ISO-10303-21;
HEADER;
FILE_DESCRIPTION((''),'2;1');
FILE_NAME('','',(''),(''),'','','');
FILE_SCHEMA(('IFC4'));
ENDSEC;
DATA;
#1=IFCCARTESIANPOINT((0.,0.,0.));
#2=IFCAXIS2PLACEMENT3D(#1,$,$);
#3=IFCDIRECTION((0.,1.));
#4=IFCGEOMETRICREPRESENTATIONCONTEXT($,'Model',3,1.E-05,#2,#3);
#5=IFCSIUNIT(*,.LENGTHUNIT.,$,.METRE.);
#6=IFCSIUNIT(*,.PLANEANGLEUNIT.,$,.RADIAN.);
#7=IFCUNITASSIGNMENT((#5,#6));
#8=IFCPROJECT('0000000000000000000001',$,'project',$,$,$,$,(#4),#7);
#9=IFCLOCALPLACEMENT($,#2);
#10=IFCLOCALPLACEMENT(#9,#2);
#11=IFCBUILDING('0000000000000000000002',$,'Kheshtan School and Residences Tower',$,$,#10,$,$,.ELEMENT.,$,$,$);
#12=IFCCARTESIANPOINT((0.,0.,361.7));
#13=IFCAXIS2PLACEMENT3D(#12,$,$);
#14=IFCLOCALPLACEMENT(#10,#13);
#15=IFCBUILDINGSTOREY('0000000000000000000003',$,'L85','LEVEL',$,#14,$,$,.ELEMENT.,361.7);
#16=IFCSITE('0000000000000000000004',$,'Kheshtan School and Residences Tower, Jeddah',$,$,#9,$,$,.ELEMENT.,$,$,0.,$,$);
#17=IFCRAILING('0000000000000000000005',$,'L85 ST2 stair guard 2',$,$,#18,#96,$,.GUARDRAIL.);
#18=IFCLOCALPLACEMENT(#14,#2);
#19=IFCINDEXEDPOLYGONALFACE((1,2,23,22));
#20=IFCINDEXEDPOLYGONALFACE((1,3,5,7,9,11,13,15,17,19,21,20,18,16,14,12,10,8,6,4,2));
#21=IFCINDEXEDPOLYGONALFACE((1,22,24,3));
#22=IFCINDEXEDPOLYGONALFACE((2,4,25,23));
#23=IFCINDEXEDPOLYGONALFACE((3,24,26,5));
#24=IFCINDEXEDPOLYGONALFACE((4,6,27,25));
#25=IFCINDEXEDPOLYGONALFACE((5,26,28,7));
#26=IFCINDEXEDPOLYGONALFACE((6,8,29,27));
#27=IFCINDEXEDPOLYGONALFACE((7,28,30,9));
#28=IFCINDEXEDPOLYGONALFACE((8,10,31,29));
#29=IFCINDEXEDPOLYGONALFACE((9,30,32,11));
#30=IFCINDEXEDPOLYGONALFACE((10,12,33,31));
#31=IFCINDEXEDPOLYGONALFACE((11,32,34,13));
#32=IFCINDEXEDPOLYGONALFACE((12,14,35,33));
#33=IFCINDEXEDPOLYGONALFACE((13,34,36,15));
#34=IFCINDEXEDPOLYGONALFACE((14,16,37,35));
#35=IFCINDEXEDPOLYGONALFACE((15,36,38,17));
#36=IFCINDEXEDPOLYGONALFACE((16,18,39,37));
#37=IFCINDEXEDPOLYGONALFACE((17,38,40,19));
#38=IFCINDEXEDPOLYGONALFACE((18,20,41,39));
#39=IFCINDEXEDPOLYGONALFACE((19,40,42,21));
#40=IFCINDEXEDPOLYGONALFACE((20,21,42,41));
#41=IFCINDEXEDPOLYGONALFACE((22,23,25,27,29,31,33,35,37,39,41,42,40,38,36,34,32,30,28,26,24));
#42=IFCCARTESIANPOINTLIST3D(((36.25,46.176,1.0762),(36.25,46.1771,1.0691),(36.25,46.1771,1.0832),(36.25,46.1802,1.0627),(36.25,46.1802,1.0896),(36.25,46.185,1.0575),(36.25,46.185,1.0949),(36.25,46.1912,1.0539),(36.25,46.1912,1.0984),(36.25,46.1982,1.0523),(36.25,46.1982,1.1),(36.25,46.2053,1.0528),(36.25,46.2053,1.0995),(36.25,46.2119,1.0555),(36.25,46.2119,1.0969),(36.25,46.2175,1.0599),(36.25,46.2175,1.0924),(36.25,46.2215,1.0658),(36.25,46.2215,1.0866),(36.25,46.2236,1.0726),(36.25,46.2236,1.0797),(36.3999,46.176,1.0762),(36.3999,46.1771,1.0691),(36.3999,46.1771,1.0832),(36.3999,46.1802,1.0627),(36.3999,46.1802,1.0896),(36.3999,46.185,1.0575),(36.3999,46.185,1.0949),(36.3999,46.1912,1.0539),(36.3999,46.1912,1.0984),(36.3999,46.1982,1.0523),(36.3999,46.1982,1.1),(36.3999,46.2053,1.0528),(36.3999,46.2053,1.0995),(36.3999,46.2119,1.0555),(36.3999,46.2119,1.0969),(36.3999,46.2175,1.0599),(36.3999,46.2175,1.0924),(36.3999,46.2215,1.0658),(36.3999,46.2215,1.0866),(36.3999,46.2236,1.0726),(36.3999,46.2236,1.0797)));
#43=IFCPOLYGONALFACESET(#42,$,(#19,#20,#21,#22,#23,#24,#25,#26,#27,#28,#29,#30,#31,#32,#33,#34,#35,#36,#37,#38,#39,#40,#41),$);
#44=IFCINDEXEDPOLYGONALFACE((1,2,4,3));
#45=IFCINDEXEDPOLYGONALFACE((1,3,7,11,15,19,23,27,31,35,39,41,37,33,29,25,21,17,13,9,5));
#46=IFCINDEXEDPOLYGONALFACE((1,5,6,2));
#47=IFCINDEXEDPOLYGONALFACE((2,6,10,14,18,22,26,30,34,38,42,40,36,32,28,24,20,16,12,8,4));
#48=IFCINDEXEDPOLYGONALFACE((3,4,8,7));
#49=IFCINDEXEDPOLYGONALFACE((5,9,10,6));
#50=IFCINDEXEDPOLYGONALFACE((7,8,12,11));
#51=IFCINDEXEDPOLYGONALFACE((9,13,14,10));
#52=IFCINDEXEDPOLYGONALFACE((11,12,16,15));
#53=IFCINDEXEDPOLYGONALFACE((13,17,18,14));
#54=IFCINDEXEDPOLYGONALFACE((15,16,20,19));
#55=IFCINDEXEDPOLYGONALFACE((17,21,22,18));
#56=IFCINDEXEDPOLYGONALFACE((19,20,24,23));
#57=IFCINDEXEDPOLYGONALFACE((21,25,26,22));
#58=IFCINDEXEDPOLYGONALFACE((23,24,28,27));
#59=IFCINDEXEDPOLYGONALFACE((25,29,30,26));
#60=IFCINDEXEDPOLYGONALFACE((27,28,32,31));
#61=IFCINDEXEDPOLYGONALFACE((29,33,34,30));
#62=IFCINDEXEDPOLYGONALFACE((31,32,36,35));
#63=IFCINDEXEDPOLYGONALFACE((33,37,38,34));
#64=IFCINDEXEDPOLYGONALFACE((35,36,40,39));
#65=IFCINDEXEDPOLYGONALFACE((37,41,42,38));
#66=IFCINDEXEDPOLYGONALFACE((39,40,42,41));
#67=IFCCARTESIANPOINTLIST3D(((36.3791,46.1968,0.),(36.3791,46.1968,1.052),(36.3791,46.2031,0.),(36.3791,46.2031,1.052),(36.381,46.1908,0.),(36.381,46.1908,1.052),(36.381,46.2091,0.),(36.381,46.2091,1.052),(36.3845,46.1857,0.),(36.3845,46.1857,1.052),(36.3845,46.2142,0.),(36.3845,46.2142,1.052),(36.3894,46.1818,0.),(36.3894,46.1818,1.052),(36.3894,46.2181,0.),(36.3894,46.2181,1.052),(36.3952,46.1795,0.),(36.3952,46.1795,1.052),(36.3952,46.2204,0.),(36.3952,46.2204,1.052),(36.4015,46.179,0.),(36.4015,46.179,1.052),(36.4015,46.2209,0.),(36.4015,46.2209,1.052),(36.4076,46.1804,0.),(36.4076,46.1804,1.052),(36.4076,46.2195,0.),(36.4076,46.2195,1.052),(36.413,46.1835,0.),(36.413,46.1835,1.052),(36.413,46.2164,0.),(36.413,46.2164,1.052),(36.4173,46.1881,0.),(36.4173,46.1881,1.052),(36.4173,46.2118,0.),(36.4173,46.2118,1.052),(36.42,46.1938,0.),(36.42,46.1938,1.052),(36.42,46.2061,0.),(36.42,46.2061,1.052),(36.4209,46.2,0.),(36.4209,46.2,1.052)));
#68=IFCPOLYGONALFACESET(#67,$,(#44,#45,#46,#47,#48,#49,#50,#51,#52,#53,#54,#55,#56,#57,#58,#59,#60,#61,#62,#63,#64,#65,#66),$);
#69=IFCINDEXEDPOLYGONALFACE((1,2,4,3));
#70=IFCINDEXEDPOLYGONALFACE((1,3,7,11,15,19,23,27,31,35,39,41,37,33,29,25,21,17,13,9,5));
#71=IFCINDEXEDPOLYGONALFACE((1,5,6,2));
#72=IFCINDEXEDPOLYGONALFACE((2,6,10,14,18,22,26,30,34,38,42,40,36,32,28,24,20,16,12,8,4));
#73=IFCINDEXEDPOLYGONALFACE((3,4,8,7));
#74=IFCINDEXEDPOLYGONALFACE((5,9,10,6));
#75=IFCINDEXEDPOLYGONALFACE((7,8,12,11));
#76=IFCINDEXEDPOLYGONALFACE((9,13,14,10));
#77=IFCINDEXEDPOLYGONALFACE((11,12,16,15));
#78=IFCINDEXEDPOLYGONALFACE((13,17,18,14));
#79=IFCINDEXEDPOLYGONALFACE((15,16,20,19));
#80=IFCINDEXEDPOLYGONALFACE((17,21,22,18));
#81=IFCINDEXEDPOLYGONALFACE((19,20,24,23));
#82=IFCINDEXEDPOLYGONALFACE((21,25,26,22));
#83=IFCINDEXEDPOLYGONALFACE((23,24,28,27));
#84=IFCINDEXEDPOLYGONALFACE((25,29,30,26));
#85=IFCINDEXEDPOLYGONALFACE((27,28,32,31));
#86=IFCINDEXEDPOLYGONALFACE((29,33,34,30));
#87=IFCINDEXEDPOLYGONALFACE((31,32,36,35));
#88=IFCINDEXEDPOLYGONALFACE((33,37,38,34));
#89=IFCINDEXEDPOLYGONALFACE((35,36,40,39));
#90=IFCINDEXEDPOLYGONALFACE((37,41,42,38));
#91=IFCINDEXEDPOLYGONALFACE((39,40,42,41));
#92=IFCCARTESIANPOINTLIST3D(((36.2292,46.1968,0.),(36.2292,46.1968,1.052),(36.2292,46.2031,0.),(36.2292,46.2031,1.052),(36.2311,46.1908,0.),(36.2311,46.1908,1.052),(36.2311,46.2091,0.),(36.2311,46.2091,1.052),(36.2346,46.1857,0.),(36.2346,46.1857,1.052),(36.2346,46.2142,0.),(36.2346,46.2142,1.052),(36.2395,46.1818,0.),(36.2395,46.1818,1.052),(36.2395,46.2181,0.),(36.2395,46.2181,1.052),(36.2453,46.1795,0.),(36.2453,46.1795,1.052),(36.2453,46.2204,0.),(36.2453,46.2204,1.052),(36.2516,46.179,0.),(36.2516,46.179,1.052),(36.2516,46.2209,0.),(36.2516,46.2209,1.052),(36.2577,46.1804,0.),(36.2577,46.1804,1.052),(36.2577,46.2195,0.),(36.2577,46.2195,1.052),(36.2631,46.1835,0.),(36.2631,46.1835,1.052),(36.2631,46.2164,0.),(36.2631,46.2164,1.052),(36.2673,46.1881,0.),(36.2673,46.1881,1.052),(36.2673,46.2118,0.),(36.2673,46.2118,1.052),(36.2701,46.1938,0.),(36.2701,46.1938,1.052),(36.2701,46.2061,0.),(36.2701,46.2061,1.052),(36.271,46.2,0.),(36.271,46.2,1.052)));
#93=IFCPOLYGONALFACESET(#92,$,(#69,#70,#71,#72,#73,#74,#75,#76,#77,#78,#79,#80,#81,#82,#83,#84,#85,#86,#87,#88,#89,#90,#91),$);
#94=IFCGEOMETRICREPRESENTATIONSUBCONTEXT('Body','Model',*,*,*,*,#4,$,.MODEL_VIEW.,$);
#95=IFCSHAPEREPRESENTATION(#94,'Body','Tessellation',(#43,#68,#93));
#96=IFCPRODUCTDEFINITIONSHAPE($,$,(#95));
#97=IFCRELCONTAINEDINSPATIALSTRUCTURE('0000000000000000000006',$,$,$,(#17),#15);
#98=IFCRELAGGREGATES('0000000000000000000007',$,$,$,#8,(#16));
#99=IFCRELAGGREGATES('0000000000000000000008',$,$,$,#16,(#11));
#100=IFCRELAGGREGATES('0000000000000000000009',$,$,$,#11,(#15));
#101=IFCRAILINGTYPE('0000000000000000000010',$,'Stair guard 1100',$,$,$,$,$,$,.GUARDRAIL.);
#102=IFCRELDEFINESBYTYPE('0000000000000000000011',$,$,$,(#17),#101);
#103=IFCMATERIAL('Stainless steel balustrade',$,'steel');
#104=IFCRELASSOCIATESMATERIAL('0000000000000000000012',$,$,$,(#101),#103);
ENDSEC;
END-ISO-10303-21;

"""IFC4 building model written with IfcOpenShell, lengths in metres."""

from ifc_helpers import new_model, si_unit, direction, frame, origin, origin_2d, place, context, subcontext, project, spatial, circle, extrude, material, type_object, element, save


model = new_model("IFC4")

# Units and contexts
model_context = context("Model", 3, precision=1e-05, world=origin(), true_north=direction((0.0, 1.0)))
body_context = subcontext(model_context, "Body", "Model", "MODEL_VIEW")
ifc_project = project(units=[si_unit("LENGTHUNIT", "METRE"), si_unit("PLANEANGLEUNIT", "RADIAN")], contexts=[model_context])

# Site, building, storey
site_placement = place(None, origin())
site = spatial("IfcSite", under=ifc_project, at=site_placement, Name="Kheshtan School and Residences Tower, Jeddah", CompositionType="ELEMENT", RefElevation=0.0)
building_placement = place(site_placement, origin())
building = spatial("IfcBuilding", under=site, at=building_placement, Name="Kheshtan School and Residences Tower", CompositionType="ELEMENT")
storey_placement = place(building_placement, frame((0.0, 0.0, 361.7)))
storey = spatial("IfcBuildingStorey", under=building, at=storey_placement, Name="L85", Description="LEVEL", CompositionType="ELEMENT", Elevation=361.7)

# Railing
ifc_material_1 = material(Name="Stainless steel balustrade", Category="steel")
railing_type_1 = type_object("IfcRailingType", Name="Stair guard 1100", PredefinedType="GUARDRAIL", material=ifc_material_1)
railing_1_placement = place(storey_placement, frame((36.3999, 46.2, 0.0)))
element("IfcRailing", 1, at=railing_1_placement, inside=storey, type_object=railing_type_1, Name="L85 ST2 stair guard 2", PredefinedType="GUARDRAIL", context=body_context, shape_type="SweptSolid", body=[
    extrude(circle(Radius=0.0239, at=origin_2d()), frame((0.0, 0.0, 1.0762), z_axis=(-1.0, 0.0, 0.0), x_axis=(0.0, -1.0, 0.0)), (0.0, 0.0, 1.0), 0.1499),
    extrude(circle(Radius=0.021, at=origin_2d()), origin(), (0.0, 0.0, 1.0), 1.052),
    extrude(circle(Radius=0.021, at=origin_2d()), frame((-0.1499, 0.0, 0.0)), (0.0, 0.0, 1.0), 1.052),
])

save(model, "model.ifc")
